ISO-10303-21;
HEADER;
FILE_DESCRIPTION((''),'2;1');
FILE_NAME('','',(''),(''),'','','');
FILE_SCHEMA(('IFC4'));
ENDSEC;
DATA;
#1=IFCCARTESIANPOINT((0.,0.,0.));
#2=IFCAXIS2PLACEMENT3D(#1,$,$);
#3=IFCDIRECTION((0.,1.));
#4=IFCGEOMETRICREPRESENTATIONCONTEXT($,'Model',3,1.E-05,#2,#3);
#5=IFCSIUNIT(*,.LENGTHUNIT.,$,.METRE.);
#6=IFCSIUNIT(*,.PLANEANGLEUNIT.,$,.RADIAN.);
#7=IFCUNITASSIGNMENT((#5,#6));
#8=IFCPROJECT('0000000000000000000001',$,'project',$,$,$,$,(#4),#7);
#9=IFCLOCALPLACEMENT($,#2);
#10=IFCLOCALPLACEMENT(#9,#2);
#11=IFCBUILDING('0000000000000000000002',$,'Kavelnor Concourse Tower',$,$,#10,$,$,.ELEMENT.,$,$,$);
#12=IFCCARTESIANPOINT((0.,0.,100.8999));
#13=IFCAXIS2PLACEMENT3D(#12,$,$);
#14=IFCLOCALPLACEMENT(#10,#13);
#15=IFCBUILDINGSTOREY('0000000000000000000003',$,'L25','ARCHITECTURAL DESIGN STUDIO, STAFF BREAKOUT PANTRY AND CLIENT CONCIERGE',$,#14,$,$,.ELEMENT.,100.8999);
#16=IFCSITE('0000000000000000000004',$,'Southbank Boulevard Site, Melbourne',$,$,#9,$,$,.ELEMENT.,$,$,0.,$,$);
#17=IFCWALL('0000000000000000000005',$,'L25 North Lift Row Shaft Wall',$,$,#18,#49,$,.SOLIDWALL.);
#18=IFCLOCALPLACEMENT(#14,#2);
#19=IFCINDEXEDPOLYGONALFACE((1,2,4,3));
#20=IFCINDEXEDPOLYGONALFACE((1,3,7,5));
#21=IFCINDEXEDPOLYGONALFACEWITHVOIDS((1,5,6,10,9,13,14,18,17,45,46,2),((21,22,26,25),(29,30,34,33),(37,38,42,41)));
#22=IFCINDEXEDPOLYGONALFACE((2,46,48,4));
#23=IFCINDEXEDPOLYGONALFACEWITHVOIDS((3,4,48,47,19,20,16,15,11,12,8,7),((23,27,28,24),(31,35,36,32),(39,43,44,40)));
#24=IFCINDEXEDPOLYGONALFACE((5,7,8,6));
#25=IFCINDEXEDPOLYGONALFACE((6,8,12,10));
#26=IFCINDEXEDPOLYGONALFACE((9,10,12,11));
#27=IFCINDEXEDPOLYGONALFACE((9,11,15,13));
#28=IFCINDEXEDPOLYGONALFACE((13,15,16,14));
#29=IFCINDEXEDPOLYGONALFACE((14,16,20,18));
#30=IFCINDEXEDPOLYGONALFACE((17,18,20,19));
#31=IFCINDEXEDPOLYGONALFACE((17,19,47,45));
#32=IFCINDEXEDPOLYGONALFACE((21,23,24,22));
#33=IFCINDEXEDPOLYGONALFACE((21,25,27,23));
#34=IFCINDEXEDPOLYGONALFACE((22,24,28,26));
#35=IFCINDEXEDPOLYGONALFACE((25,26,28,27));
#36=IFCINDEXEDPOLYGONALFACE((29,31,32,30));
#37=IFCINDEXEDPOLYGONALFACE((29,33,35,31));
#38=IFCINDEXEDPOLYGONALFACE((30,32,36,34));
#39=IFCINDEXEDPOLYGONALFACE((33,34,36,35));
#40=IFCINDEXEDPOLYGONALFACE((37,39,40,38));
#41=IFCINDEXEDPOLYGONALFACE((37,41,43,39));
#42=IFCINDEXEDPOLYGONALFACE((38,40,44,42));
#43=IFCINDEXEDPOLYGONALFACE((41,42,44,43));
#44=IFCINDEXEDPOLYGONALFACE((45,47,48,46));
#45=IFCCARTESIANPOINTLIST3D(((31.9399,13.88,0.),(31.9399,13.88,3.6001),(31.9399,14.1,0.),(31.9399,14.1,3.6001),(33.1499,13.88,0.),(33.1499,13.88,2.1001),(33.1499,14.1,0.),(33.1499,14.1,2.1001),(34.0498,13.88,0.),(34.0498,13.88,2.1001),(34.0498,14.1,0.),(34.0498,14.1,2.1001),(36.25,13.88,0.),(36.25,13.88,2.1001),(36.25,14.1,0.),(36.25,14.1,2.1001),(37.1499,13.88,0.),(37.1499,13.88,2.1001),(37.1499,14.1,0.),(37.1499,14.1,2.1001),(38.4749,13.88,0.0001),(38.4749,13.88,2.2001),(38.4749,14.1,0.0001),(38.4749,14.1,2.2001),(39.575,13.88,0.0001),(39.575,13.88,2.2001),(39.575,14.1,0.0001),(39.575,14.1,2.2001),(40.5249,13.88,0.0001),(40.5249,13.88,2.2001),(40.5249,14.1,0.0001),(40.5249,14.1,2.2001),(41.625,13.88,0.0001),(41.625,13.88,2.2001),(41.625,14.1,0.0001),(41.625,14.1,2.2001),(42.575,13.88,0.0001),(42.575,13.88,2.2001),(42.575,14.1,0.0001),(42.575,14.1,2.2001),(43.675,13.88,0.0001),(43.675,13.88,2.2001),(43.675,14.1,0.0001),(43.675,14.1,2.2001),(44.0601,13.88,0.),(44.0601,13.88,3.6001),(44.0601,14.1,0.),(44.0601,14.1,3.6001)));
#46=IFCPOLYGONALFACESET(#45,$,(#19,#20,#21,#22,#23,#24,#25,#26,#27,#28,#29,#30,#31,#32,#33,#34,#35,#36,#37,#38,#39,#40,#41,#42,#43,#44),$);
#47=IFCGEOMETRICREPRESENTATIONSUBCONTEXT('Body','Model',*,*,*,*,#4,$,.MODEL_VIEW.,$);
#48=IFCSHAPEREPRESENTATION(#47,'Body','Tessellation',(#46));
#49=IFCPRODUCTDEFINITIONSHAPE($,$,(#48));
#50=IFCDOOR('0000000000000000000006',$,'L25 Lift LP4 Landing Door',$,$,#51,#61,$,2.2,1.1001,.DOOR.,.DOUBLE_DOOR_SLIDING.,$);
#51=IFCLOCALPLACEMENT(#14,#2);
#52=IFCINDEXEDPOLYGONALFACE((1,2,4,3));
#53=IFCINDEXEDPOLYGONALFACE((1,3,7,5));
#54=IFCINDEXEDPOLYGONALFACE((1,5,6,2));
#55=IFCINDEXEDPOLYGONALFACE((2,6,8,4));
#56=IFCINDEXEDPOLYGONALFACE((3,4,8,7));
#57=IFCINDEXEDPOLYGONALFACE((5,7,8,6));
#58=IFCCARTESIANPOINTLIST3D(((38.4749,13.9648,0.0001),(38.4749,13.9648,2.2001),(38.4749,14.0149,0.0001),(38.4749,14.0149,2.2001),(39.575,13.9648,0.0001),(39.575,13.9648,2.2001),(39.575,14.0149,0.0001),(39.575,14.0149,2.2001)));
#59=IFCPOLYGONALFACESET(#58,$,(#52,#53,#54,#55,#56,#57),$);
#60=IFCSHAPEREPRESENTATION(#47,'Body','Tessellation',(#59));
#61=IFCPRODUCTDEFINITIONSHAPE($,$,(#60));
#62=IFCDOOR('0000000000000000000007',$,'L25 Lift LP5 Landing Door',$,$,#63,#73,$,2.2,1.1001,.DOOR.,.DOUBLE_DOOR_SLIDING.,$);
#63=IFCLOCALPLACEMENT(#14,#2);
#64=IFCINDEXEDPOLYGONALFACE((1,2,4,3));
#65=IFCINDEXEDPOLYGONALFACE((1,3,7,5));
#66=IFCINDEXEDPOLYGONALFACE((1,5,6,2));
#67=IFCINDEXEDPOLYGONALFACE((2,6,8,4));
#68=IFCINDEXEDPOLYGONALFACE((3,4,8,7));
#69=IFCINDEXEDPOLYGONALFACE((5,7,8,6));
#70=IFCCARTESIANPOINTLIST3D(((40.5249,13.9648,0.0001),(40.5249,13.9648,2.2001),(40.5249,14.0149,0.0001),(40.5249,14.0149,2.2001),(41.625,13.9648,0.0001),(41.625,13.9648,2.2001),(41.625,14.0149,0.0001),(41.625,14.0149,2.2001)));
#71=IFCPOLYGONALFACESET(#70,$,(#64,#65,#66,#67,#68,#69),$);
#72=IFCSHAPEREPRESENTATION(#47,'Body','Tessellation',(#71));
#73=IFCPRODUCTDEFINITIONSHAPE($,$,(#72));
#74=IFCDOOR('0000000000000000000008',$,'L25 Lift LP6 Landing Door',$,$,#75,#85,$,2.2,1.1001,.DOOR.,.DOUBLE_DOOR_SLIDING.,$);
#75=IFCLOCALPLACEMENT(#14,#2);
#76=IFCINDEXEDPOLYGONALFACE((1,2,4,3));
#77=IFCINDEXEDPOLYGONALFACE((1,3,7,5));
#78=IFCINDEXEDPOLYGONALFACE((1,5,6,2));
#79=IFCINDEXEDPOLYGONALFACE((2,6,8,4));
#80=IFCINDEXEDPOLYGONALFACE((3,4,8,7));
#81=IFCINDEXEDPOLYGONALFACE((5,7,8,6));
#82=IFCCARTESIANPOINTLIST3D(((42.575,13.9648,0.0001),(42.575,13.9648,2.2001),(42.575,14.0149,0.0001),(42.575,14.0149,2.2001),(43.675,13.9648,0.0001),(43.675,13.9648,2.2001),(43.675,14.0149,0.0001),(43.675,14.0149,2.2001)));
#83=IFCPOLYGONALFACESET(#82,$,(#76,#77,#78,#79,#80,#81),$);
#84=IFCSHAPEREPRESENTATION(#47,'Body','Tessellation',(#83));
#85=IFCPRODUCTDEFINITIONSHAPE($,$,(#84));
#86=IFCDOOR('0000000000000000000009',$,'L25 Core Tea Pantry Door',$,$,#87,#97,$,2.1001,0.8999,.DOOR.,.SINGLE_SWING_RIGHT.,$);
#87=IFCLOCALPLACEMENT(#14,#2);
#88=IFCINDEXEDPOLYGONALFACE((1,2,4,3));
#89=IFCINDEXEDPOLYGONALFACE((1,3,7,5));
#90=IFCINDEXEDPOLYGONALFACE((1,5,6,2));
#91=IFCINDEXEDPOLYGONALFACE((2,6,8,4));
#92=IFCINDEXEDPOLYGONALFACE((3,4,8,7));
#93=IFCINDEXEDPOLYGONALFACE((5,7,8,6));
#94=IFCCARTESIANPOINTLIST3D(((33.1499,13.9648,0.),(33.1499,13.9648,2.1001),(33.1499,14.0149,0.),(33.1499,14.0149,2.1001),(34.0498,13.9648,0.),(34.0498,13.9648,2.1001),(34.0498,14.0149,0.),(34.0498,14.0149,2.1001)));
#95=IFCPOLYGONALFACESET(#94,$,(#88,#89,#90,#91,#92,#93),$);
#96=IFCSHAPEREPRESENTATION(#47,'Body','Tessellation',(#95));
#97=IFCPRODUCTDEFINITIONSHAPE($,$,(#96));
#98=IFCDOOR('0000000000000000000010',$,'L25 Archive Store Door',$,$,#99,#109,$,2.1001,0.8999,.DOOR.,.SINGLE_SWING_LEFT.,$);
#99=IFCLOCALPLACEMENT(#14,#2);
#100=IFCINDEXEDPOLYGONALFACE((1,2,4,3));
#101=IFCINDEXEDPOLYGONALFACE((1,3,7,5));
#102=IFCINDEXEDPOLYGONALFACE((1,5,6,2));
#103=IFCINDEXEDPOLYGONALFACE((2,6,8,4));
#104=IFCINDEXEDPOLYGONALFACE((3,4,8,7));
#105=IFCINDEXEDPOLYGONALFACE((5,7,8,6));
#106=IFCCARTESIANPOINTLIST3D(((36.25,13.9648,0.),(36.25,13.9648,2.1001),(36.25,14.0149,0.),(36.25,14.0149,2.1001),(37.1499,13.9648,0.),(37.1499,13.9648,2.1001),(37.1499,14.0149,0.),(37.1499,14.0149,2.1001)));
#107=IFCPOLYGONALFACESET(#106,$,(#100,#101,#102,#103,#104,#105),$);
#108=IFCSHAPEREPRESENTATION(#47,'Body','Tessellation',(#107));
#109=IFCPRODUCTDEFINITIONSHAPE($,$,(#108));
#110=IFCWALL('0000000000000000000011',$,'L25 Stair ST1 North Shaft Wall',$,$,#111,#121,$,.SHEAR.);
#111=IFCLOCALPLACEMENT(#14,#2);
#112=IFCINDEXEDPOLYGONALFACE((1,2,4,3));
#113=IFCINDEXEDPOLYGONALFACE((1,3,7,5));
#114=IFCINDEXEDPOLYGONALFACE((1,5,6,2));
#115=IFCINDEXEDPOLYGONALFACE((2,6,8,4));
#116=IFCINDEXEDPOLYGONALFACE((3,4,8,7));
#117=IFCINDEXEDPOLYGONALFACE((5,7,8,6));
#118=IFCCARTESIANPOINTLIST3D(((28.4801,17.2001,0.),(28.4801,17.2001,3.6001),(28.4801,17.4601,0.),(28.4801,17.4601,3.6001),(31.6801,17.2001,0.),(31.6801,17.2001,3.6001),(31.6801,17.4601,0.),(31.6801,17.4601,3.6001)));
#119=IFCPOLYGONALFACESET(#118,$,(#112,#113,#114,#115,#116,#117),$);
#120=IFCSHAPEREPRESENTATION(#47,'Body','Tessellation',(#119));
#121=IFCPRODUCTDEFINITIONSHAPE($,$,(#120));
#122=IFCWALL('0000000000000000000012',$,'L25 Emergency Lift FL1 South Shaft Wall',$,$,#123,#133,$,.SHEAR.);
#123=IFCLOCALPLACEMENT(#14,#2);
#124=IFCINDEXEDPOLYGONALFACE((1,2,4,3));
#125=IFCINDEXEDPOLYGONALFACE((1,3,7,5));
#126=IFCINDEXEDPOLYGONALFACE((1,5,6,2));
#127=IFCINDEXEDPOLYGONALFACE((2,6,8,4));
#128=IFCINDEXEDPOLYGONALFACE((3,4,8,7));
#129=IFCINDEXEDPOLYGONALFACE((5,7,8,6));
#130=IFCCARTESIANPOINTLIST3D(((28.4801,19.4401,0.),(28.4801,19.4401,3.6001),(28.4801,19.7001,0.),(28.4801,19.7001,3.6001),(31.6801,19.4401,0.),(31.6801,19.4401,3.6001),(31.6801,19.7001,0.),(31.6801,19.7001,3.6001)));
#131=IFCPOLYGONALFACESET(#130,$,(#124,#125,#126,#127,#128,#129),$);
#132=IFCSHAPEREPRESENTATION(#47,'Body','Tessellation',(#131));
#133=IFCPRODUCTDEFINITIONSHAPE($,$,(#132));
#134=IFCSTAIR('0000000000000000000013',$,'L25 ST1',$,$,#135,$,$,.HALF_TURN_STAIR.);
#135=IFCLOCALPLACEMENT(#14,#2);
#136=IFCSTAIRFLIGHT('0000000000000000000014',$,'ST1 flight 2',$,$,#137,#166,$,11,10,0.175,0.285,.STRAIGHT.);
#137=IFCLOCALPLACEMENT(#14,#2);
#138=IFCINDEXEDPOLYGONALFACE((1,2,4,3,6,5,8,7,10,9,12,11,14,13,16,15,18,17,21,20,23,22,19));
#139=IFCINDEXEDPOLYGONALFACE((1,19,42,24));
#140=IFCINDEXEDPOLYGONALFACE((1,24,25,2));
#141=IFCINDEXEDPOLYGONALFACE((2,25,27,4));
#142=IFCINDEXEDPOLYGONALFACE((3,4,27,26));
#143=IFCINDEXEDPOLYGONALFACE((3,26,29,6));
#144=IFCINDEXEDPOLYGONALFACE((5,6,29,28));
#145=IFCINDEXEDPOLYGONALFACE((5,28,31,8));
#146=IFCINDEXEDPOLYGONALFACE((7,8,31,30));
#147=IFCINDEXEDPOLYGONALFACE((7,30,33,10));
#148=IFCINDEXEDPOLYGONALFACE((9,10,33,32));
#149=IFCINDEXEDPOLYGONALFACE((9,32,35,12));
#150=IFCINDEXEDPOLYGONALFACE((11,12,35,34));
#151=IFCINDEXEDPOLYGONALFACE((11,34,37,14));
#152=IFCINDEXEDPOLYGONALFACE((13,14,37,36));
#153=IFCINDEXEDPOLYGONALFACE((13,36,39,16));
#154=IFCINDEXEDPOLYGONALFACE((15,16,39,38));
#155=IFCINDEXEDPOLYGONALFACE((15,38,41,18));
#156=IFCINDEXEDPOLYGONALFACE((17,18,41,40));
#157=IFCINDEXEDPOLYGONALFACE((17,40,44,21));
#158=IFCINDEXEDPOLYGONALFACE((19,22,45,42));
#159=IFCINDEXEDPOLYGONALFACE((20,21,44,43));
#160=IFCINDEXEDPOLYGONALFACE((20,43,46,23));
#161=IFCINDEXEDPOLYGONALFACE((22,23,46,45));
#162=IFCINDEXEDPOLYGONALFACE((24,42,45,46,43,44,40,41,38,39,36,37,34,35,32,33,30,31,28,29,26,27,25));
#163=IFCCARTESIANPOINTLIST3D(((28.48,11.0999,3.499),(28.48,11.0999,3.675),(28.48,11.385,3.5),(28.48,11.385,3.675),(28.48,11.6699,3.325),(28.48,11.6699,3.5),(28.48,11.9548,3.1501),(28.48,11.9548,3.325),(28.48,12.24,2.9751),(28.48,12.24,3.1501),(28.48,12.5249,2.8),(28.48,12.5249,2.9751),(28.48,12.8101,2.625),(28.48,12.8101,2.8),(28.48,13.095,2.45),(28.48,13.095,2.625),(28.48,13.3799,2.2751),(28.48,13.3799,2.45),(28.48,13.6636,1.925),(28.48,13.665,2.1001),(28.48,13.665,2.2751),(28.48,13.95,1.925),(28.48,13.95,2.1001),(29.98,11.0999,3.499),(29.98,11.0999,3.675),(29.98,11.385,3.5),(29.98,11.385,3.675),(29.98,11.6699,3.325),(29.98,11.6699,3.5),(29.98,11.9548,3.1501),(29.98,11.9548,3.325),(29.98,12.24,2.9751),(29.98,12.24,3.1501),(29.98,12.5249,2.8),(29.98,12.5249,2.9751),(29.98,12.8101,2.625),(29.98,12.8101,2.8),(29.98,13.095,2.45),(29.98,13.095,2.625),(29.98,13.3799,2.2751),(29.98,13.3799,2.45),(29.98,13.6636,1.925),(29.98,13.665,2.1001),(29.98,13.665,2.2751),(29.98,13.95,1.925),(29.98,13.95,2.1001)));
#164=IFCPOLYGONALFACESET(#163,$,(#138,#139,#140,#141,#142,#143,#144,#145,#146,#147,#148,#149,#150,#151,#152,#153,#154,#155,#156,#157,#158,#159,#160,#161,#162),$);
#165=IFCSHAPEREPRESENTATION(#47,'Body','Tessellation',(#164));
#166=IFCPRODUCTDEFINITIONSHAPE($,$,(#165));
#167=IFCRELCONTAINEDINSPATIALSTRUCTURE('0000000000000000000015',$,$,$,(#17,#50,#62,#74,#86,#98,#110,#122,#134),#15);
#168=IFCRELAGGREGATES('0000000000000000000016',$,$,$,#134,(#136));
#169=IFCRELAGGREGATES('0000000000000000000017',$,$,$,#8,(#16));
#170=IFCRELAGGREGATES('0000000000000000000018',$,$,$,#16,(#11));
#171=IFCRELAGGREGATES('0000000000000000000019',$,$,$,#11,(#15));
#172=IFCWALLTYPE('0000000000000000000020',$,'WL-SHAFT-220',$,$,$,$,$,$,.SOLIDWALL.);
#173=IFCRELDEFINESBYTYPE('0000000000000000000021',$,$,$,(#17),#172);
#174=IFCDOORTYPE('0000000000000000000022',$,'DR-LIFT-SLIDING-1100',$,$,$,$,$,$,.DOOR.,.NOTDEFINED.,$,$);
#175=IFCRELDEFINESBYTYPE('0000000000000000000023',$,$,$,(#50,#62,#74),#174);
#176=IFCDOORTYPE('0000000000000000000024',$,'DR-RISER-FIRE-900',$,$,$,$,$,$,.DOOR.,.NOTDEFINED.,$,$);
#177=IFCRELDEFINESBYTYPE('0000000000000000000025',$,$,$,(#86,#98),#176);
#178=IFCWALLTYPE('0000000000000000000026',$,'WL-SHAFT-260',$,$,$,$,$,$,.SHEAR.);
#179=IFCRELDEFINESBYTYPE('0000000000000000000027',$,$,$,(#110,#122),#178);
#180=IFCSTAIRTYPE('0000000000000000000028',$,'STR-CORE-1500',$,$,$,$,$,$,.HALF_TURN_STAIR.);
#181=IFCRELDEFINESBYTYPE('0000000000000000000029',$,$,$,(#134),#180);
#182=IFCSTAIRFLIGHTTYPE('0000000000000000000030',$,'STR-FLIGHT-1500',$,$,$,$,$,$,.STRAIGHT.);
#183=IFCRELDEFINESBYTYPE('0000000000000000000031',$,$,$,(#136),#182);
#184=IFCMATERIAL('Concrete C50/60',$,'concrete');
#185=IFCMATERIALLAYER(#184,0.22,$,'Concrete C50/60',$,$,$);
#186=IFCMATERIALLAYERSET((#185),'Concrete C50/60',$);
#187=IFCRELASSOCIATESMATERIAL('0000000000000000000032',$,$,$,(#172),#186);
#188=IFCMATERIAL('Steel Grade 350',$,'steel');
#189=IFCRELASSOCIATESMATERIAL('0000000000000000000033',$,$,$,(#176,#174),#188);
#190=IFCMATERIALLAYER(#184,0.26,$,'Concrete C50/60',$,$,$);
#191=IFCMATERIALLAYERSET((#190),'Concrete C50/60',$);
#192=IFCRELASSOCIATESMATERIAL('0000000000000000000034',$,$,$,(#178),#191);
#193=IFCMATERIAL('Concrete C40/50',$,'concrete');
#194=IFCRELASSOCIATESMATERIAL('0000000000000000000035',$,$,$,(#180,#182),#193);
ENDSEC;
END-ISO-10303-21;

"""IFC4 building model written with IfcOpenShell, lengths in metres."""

from ifc_helpers import new_model, si_unit, direction, frame, frame_2d, origin, place, context, subcontext, project, spatial, polyline, rectangle, outline, extrude, material, layer, layer_set, type_object, element, fill, aggregate, save


model = new_model("IFC4")

# Units and contexts
model_context = context("Model", 3, precision=1e-05, world=origin(), true_north=direction((0.0, 1.0)))
body_context = subcontext(model_context, "Body", "Model", "MODEL_VIEW")
ifc_project = project(units=[si_unit("LENGTHUNIT", "METRE"), si_unit("PLANEANGLEUNIT", "RADIAN")], contexts=[model_context])

# Site, building, storey
site_placement = place(None, origin())
site = spatial("IfcSite", under=ifc_project, at=site_placement, Name="Southbank Boulevard Site, Melbourne", CompositionType="ELEMENT", RefElevation=0.0)
building_placement = place(site_placement, origin())
building = spatial("IfcBuilding", under=site, at=building_placement, Name="Kavelnor Concourse Tower", CompositionType="ELEMENT")
storey_placement = place(building_placement, frame((0.0, 0.0, 100.8999)))
storey = spatial("IfcBuildingStorey", under=building, at=storey_placement, Name="L25", Description="ARCHITECTURAL DESIGN STUDIO, STAFF BREAKOUT PANTRY AND CLIENT CONCIERGE", CompositionType="ELEMENT", Elevation=100.8999)

# Shared definitions
ifc_material_1 = material(Name="Steel Grade 350", Category="steel")

# Shared definitions
ifc_material_2 = material(Name="Concrete C50/60", Category="concrete")
ifc_layer_1 = layer(ifc_material_2, 0.22, Name="Concrete C50/60")
ifc_layer_set_1 = layer_set([ifc_layer_1], Name="Concrete C50/60")
wall_type_1 = type_object("IfcWallType", Name="WL-SHAFT-220", PredefinedType="SOLIDWALL", material=ifc_layer_set_1)
door_type_1 = type_object("IfcDoorType", Name="DR-RISER-FIRE-900", OperationType="NOTDEFINED", PredefinedType="DOOR", material=ifc_material_1)

# Wall, openings, doors
wall_1_placement = place(storey_placement, frame((31.9399, 13.99, 0.0), z_axis=(0.0, 0.0, 1.0), x_axis=(1.0, 0.0, 0.0)))
wall_1 = element("IfcWall", 1, at=wall_1_placement, inside=storey, type_object=wall_type_1, Name="L25 North Lift Row Shaft Wall", PredefinedType="SOLIDWALL", context=body_context, shape_type="SweptSolid", body=[
    extrude(rectangle(XDim=12.1201, YDim=0.22, at=frame_2d((6.0601, 0.0))), origin(), (0.0, 0.0, 1.0), 3.6001),
])
opening_1_placement = place(wall_1_placement, frame((1.21, 0.0, 0.0)))
opening_1 = element("IfcOpeningElement", 2, at=opening_1_placement, cuts=wall_1, PredefinedType="OPENING", context=body_context, shape_type="SweptSolid", body=[
    extrude(rectangle(XDim=0.8999, YDim=2.1001, at=frame_2d((0.45, 1.05))), frame((0.0, 0.1201, 0.0), z_axis=(0.0, -1.0, 0.0), x_axis=(1.0, 0.0, 0.0)), (0.0, 0.0, 1.0), 0.24),
])
opening_2_placement = place(wall_1_placement, frame((4.3101, 0.0, 0.0)))
opening_2 = element("IfcOpeningElement", 3, at=opening_2_placement, cuts=wall_1, PredefinedType="OPENING", context=body_context, shape_type="SweptSolid", body=[
    extrude(rectangle(XDim=0.8999, YDim=2.1001, at=frame_2d((0.45, 1.05))), frame((0.0, 0.1201, 0.0), z_axis=(0.0, -1.0, 0.0), x_axis=(1.0, 0.0, 0.0)), (0.0, 0.0, 1.0), 0.24),
])
opening_3_placement = place(wall_1_placement, frame((6.5349, 0.0, 0.0)))
opening_3 = element("IfcOpeningElement", 4, at=opening_3_placement, cuts=wall_1, PredefinedType="OPENING", context=body_context, shape_type="SweptSolid", body=[
    extrude(rectangle(XDim=1.1001, YDim=2.2, at=frame_2d((0.55, 1.1001))), frame((0.0, 0.1201, 0.0), z_axis=(0.0, -1.0, 0.0), x_axis=(1.0, 0.0, 0.0)), (0.0, 0.0, 1.0), 0.24),
])
opening_4_placement = place(wall_1_placement, frame((8.585, 0.0, 0.0)))
opening_4 = element("IfcOpeningElement", 5, at=opening_4_placement, cuts=wall_1, PredefinedType="OPENING", context=body_context, shape_type="SweptSolid", body=[
    extrude(rectangle(XDim=1.1001, YDim=2.2, at=frame_2d((0.55, 1.1001))), frame((0.0, 0.1201, 0.0), z_axis=(0.0, -1.0, 0.0), x_axis=(1.0, 0.0, 0.0)), (0.0, 0.0, 1.0), 0.24),
])
opening_5_placement = place(wall_1_placement, frame((10.635, 0.0, 0.0)))
opening_5 = element("IfcOpeningElement", 6, at=opening_5_placement, cuts=wall_1, PredefinedType="OPENING", context=body_context, shape_type="SweptSolid", body=[
    extrude(rectangle(XDim=1.1001, YDim=2.2, at=frame_2d((0.55, 1.1001))), frame((0.0, 0.1201, 0.0), z_axis=(0.0, -1.0, 0.0), x_axis=(1.0, 0.0, 0.0)), (0.0, 0.0, 1.0), 0.24),
])
door_type_2 = type_object("IfcDoorType", Name="DR-LIFT-SLIDING-1100", OperationType="NOTDEFINED", PredefinedType="DOOR", material=ifc_material_1)
door_1_placement = place(opening_3_placement, origin())
door_1 = element("IfcDoor", 7, at=door_1_placement, inside=storey, type_object=door_type_2, Name="L25 Lift LP4 Landing Door", OperationType="DOUBLE_DOOR_SLIDING", OverallHeight=2.2, OverallWidth=1.1001, PredefinedType="DOOR", context=body_context, shape_type="SweptSolid", body=[
    extrude(rectangle(XDim=1.1001, YDim=2.2, at=frame_2d((0.55, 1.1001))), frame((0.0, 0.0249, 0.0), z_axis=(0.0, -1.0, 0.0), x_axis=(1.0, 0.0, 0.0)), (0.0, 0.0, 1.0), 0.05),
])
fill(opening_3, door_1)
door_2_placement = place(opening_4_placement, origin())
door_2 = element("IfcDoor", 8, at=door_2_placement, inside=storey, type_object=door_type_2, Name="L25 Lift LP5 Landing Door", OperationType="DOUBLE_DOOR_SLIDING", OverallHeight=2.2, OverallWidth=1.1001, PredefinedType="DOOR", context=body_context, shape_type="SweptSolid", body=[
    extrude(rectangle(XDim=1.1001, YDim=2.2, at=frame_2d((0.55, 1.1001))), frame((0.0, 0.0249, 0.0), z_axis=(0.0, -1.0, 0.0), x_axis=(1.0, 0.0, 0.0)), (0.0, 0.0, 1.0), 0.05),
])
fill(opening_4, door_2)
door_3_placement = place(opening_5_placement, origin())
door_3 = element("IfcDoor", 9, at=door_3_placement, inside=storey, type_object=door_type_2, Name="L25 Lift LP6 Landing Door", OperationType="DOUBLE_DOOR_SLIDING", OverallHeight=2.2, OverallWidth=1.1001, PredefinedType="DOOR", context=body_context, shape_type="SweptSolid", body=[
    extrude(rectangle(XDim=1.1001, YDim=2.2, at=frame_2d((0.55, 1.1001))), frame((0.0, 0.0249, 0.0), z_axis=(0.0, -1.0, 0.0), x_axis=(1.0, 0.0, 0.0)), (0.0, 0.0, 1.0), 0.05),
])
fill(opening_5, door_3)
door_4_placement = place(opening_1_placement, origin())
door_4 = element("IfcDoor", 10, at=door_4_placement, inside=storey, type_object=door_type_1, Name="L25 Core Tea Pantry Door", OperationType="SINGLE_SWING_RIGHT", OverallHeight=2.1001, OverallWidth=0.8999, PredefinedType="DOOR", context=body_context, shape_type="SweptSolid", body=[
    extrude(rectangle(XDim=0.8999, YDim=2.1001, at=frame_2d((0.45, 1.05))), frame((0.0, 0.0249, 0.0), z_axis=(0.0, -1.0, 0.0), x_axis=(1.0, 0.0, 0.0)), (0.0, 0.0, 1.0), 0.05),
])
fill(opening_1, door_4)
door_5_placement = place(opening_2_placement, origin())
door_5 = element("IfcDoor", 11, at=door_5_placement, inside=storey, type_object=door_type_1, Name="L25 Archive Store Door", OperationType="SINGLE_SWING_LEFT", OverallHeight=2.1001, OverallWidth=0.8999, PredefinedType="DOOR", context=body_context, shape_type="SweptSolid", body=[
    extrude(rectangle(XDim=0.8999, YDim=2.1001, at=frame_2d((0.45, 1.05))), frame((0.0, 0.0249, 0.0), z_axis=(0.0, -1.0, 0.0), x_axis=(1.0, 0.0, 0.0)), (0.0, 0.0, 1.0), 0.05),
])
fill(opening_2, door_5)

# Walls
ifc_layer_2 = layer(ifc_material_2, 0.26, Name="Concrete C50/60")
ifc_layer_set_2 = layer_set([ifc_layer_2], Name="Concrete C50/60")
wall_type_2 = type_object("IfcWallType", Name="WL-SHAFT-260", PredefinedType="SHEAR", material=ifc_layer_set_2)
for number, where, z_axis, x_axis, name in (
    (12, (28.48, 17.3301, 0.0), (0.0, 0.0, 1.0), (1.0, 0.0, 0.0), "L25 Stair ST1 North Shaft Wall"),
    (13, (28.48, 19.5701, 0.0), (0.0, 0.0, 1.0), (1.0, 0.0, 0.0), "L25 Emergency Lift FL1 South Shaft Wall"),
):
    element("IfcWall", number, at=place(storey_placement, frame(where, z_axis=z_axis, x_axis=x_axis)), inside=storey, type_object=wall_type_2, Name=name, PredefinedType="SHEAR", context=body_context, shape_type="SweptSolid", body=[
        extrude(rectangle(XDim=3.2, YDim=0.26, at=frame_2d((1.6001, 0.0))), origin(), (0.0, 0.0, 1.0), 3.6001),
    ])

# Stair, stair flight
ifc_material_3 = material(Name="Concrete C40/50", Category="concrete")
stair_type = type_object("IfcStairType", Name="STR-CORE-1500", PredefinedType="HALF_TURN_STAIR", material=ifc_material_3)
stair_placement = place(storey_placement, origin())
stair = element("IfcStair", 14, at=stair_placement, inside=storey, type_object=stair_type, Name="L25 ST1", PredefinedType="HALF_TURN_STAIR")
stair_flight_type = type_object("IfcStairFlightType", Name="STR-FLIGHT-1500", PredefinedType="STRAIGHT", material=ifc_material_3)
stair_flight_placement = place(storey_placement, frame((29.23, 13.95, 1.925), z_axis=(0.0, 0.0, 1.0), x_axis=(0.0, -1.0, 0.0)))
stair_flight = element("IfcStairFlight", 15, at=stair_flight_placement, type_object=stair_flight_type, Name="ST1 flight 2", NumberOfRisers=11, NumberOfTreads=10, PredefinedType="STRAIGHT", RiserHeight=0.175, TreadLength=0.285, context=body_context, shape_type="SweptSolid", body=[
    extrude(outline(polyline([(0.0, 0.0), (0.0, 0.175), (0.2849, 0.175), (0.2849, 0.3501), (0.5701, 0.3501), (0.5701, 0.5249), (0.855, 0.5249), (0.855, 0.7), (1.1399, 0.7), (1.1399, 0.875), (1.425, 0.875), (1.425, 1.05), (1.71, 1.05), (1.71, 1.2251), (1.9951, 1.2251), (1.9951, 1.3999), (2.28, 1.3999), (2.28, 1.575), (2.5649, 1.575), (2.5649, 1.75), (2.8501, 1.75), (2.8501, 1.925), (2.8501, 1.574), (0.2864, 0.0), (0.0, 0.0)])), frame((0.0, 0.75, 0.0), z_axis=(0.0, -1.0, 0.0), x_axis=(1.0, 0.0, 0.0)), (0.0, 0.0, 1.0), 1.5),
])
aggregate(stair, [stair_flight])

save(model, "model.ifc")
